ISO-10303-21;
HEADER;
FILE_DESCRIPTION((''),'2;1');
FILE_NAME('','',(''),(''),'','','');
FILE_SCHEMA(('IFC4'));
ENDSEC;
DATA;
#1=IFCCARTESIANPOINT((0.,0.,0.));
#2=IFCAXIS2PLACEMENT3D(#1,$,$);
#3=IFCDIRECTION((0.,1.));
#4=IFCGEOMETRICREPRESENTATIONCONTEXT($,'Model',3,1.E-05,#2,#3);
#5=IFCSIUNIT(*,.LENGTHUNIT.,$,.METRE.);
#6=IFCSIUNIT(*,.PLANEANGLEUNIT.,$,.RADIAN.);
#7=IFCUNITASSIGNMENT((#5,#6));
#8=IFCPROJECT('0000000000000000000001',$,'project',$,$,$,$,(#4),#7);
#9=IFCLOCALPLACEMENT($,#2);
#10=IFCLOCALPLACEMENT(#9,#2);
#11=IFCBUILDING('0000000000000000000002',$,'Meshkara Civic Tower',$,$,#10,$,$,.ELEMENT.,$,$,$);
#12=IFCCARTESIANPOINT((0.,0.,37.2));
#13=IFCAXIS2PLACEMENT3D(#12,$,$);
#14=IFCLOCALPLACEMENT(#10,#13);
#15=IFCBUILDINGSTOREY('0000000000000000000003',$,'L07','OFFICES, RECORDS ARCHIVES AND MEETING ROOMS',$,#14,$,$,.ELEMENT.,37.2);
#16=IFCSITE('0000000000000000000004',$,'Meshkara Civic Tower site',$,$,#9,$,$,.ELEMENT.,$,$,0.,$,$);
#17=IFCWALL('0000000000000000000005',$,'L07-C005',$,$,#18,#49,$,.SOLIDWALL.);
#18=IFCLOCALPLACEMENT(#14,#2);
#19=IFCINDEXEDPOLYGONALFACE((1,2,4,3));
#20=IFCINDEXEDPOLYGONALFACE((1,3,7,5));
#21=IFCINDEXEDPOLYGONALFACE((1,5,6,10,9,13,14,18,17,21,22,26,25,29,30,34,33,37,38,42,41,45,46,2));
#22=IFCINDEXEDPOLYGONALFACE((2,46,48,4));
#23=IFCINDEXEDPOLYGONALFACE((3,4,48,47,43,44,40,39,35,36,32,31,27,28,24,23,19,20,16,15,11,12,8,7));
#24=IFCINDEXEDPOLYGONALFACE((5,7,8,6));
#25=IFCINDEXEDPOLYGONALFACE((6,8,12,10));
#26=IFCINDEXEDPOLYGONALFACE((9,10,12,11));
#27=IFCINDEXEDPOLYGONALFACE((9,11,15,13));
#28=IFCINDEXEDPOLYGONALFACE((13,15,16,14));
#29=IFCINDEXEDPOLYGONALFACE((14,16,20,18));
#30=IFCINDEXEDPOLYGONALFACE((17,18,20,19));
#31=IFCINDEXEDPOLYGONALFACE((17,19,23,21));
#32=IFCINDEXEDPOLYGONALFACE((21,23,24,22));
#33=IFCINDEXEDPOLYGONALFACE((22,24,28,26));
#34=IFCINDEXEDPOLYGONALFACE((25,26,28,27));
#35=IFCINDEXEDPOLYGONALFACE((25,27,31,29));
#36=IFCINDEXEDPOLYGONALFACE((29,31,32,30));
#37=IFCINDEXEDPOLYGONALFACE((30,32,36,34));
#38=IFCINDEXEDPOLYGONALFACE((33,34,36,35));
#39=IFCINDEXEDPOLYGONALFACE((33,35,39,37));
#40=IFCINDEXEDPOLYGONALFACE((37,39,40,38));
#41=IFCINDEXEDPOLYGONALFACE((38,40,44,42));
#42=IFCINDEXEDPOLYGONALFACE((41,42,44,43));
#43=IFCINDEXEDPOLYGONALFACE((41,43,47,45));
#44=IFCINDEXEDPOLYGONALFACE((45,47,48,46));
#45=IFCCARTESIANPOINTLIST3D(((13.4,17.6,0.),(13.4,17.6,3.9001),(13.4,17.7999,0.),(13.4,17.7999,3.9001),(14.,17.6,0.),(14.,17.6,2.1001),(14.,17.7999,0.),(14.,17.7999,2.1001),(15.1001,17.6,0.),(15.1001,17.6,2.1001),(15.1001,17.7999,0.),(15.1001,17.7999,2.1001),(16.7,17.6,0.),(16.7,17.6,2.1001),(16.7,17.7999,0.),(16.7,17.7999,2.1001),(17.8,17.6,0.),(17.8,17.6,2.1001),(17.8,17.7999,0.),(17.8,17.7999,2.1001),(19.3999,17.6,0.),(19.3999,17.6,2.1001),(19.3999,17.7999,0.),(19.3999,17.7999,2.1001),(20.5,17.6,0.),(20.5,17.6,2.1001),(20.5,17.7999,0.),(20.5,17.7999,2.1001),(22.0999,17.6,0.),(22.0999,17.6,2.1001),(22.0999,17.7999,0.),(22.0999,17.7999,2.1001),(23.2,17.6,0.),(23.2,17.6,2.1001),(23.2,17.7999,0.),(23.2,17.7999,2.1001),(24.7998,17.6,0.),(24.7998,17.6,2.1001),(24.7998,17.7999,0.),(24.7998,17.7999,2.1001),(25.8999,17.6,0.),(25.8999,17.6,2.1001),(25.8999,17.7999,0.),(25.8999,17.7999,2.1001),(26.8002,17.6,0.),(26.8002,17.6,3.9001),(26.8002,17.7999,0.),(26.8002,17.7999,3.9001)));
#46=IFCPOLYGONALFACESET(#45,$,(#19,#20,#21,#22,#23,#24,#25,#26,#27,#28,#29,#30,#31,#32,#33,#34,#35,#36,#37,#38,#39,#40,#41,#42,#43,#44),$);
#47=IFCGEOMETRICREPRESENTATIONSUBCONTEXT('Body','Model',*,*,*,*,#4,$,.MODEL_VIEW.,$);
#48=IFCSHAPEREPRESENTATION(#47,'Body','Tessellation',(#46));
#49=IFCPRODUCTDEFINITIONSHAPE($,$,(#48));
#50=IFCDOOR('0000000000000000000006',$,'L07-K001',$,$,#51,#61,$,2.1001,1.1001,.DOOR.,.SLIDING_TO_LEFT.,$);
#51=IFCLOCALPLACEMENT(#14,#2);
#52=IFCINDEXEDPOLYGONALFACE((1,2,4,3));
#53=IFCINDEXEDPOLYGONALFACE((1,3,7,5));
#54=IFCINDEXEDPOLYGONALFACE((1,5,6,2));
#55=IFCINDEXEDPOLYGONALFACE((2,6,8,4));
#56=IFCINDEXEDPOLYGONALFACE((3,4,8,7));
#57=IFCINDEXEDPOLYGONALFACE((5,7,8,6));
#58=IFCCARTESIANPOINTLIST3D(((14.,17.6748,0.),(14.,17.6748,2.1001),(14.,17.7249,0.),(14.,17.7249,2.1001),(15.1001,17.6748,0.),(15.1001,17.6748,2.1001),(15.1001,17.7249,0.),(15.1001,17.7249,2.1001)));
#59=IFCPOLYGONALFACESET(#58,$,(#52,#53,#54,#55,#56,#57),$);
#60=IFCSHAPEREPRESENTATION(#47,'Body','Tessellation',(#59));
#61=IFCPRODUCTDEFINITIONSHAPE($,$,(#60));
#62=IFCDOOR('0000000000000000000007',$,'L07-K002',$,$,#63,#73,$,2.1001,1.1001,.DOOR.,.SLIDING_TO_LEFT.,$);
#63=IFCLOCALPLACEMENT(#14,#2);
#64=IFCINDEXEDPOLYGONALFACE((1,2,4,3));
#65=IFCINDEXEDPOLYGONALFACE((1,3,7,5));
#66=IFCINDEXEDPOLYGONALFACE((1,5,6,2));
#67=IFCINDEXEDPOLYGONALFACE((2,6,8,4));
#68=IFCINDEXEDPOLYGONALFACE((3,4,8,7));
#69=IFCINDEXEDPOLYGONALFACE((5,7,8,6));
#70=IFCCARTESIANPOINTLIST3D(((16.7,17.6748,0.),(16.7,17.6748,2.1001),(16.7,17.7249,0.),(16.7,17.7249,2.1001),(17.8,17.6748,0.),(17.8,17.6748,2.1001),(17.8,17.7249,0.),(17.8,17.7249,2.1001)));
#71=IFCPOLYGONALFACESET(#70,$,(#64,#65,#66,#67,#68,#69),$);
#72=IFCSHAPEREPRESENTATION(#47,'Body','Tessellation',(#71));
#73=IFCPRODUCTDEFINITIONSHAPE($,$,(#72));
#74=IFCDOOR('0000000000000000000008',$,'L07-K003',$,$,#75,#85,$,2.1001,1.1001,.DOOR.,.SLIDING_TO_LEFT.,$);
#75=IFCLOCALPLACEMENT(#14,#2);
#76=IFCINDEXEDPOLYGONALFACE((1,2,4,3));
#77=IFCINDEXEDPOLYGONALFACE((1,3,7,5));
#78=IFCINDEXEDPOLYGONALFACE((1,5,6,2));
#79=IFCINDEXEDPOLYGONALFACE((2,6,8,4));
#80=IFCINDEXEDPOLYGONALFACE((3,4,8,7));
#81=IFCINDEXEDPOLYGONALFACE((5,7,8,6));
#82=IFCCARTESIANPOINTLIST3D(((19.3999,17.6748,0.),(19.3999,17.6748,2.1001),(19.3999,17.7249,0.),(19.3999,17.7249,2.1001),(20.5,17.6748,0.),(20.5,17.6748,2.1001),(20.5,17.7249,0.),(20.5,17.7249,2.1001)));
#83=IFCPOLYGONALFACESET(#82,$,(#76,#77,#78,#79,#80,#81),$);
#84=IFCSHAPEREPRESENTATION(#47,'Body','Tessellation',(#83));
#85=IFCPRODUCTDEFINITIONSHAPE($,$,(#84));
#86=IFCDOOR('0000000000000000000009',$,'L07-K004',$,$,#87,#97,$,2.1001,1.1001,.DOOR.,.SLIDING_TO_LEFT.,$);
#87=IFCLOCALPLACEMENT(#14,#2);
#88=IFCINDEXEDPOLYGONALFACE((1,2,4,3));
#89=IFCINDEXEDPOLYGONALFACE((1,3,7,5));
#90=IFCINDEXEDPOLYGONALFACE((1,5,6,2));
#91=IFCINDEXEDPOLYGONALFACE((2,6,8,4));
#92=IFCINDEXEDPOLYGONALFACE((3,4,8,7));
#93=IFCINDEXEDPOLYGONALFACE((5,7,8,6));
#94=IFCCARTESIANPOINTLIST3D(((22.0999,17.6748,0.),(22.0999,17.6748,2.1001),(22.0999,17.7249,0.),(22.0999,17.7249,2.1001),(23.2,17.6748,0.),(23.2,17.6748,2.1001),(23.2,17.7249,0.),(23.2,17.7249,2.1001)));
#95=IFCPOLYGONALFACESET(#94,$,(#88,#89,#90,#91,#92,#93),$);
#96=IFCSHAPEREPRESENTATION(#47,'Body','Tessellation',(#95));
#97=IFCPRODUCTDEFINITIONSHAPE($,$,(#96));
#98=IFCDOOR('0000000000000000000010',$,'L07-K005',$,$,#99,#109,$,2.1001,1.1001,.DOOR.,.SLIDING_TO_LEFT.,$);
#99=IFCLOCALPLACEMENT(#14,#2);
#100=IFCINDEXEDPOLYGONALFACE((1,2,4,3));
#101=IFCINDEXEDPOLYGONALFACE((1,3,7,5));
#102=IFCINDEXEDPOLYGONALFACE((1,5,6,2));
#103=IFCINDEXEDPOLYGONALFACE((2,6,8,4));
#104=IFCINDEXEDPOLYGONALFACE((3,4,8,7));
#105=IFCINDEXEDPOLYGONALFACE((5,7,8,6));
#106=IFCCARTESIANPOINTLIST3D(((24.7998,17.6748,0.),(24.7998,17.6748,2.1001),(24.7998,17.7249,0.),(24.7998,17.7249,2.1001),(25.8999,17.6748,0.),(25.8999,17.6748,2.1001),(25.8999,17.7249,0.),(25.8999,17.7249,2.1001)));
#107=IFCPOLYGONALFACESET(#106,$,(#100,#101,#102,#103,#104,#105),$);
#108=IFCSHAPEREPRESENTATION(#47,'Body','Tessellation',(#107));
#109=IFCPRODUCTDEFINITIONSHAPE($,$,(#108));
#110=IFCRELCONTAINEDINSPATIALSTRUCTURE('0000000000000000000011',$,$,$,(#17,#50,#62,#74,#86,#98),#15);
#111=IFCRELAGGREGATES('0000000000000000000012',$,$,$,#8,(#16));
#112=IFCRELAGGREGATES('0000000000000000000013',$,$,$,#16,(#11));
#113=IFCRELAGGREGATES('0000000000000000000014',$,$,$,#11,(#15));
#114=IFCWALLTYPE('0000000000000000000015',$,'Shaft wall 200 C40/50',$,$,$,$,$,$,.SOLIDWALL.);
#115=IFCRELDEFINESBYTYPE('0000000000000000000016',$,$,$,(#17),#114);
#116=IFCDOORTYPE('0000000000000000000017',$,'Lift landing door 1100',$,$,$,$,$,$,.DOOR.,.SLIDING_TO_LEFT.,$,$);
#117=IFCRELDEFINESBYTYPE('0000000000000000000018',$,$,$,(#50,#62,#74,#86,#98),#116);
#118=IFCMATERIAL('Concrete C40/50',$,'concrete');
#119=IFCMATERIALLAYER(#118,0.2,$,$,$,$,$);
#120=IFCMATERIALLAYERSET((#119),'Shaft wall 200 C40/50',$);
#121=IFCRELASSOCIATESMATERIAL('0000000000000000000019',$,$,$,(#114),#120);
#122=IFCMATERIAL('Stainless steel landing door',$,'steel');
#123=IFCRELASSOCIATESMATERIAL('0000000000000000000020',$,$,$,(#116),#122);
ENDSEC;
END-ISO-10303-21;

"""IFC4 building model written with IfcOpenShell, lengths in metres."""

from ifc_helpers import new_model, si_unit, direction, frame, frame_2d, origin, place, context, subcontext, project, spatial, rectangle, extrude, material, layer, layer_set, type_object, element, fill, save


model = new_model("IFC4")

# Units and contexts
model_context = context("Model", 3, precision=1e-05, world=origin(), true_north=direction((0.0, 1.0)))
body_context = subcontext(model_context, "Body", "Model", "MODEL_VIEW")
ifc_project = project(units=[si_unit("LENGTHUNIT", "METRE"), si_unit("PLANEANGLEUNIT", "RADIAN")], contexts=[model_context])

# Site, building, storey
site_placement = place(None, origin())
site = spatial("IfcSite", under=ifc_project, at=site_placement, Name="Meshkara Civic Tower site", CompositionType="ELEMENT", RefElevation=0.0)
building_placement = place(site_placement, origin())
building = spatial("IfcBuilding", under=site, at=building_placement, Name="Meshkara Civic Tower", CompositionType="ELEMENT")
storey_placement = place(building_placement, frame((0.0, 0.0, 37.2)))
storey = spatial("IfcBuildingStorey", under=building, at=storey_placement, Name="L07", Description="OFFICES, RECORDS ARCHIVES AND MEETING ROOMS", CompositionType="ELEMENT", Elevation=37.2)

# Wall, openings, doors
ifc_material_1 = material(Name="Concrete C40/50", Category="concrete")
ifc_layer_1 = layer(ifc_material_1, 0.2)
ifc_layer_set_1 = layer_set([ifc_layer_1], Name="Shaft wall 200 C40/50")
wall_type_1 = type_object("IfcWallType", Name="Shaft wall 200 C40/50", PredefinedType="SOLIDWALL", material=ifc_layer_set_1)
wall_1_placement = place(storey_placement, frame((13.3999, 17.7, 0.0), z_axis=(0.0, 0.0, 1.0), x_axis=(1.0, 0.0, 0.0)))
wall_1 = element("IfcWall", 1, at=wall_1_placement, inside=storey, type_object=wall_type_1, Name="L07-C005", PredefinedType="SOLIDWALL", context=body_context, shape_type="SweptSolid", body=[
    extrude(rectangle(XDim=13.4001, YDim=0.2, at=frame_2d((6.7002, 0.0))), origin(), (0.0, 0.0, 1.0), 3.9001),
])
opening_1_placement = place(wall_1_placement, frame((0.6001, 0.0, 0.0)))
opening_1 = element("IfcOpeningElement", 2, at=opening_1_placement, cuts=wall_1, PredefinedType="OPENING", context=body_context, shape_type="SweptSolid", body=[
    extrude(rectangle(XDim=1.1001, YDim=2.1001, at=frame_2d((0.55, 1.05))), frame((0.0, 0.1099, 0.0), z_axis=(0.0, -1.0, 0.0), x_axis=(1.0, 0.0, 0.0)), (0.0, 0.0, 1.0), 0.22),
])
opening_2_placement = place(wall_1_placement, frame((3.3, 0.0, 0.0)))
opening_2 = element("IfcOpeningElement", 3, at=opening_2_placement, cuts=wall_1, PredefinedType="OPENING", context=body_context, shape_type="SweptSolid", body=[
    extrude(rectangle(XDim=1.1001, YDim=2.1001, at=frame_2d((0.55, 1.05))), frame((0.0, 0.1099, 0.0), z_axis=(0.0, -1.0, 0.0), x_axis=(1.0, 0.0, 0.0)), (0.0, 0.0, 1.0), 0.22),
])
opening_3_placement = place(wall_1_placement, frame((6.0, 0.0, 0.0)))
opening_3 = element("IfcOpeningElement", 4, at=opening_3_placement, cuts=wall_1, PredefinedType="OPENING", context=body_context, shape_type="SweptSolid", body=[
    extrude(rectangle(XDim=1.1001, YDim=2.1001, at=frame_2d((0.55, 1.05))), frame((0.0, 0.1099, 0.0), z_axis=(0.0, -1.0, 0.0), x_axis=(1.0, 0.0, 0.0)), (0.0, 0.0, 1.0), 0.22),
])
opening_4_placement = place(wall_1_placement, frame((8.7, 0.0, 0.0)))
opening_4 = element("IfcOpeningElement", 5, at=opening_4_placement, cuts=wall_1, PredefinedType="OPENING", context=body_context, shape_type="SweptSolid", body=[
    extrude(rectangle(XDim=1.1001, YDim=2.1001, at=frame_2d((0.55, 1.05))), frame((0.0, 0.1099, 0.0), z_axis=(0.0, -1.0, 0.0), x_axis=(1.0, 0.0, 0.0)), (0.0, 0.0, 1.0), 0.22),
])
opening_5_placement = place(wall_1_placement, frame((11.3999, 0.0, 0.0)))
opening_5 = element("IfcOpeningElement", 6, at=opening_5_placement, cuts=wall_1, PredefinedType="OPENING", context=body_context, shape_type="SweptSolid", body=[
    extrude(rectangle(XDim=1.1001, YDim=2.1001, at=frame_2d((0.55, 1.05))), frame((0.0, 0.1099, 0.0), z_axis=(0.0, -1.0, 0.0), x_axis=(1.0, 0.0, 0.0)), (0.0, 0.0, 1.0), 0.22),
])
ifc_material_2 = material(Name="Stainless steel landing door", Category="steel")
door_type_1 = type_object("IfcDoorType", Name="Lift landing door 1100", OperationType="SLIDING_TO_LEFT", PredefinedType="DOOR", material=ifc_material_2)
door_1_placement = place(opening_1_placement, origin())
door_1 = element("IfcDoor", 7, at=door_1_placement, inside=storey, type_object=door_type_1, Name="L07-K001", OperationType="SLIDING_TO_LEFT", OverallHeight=2.1001, OverallWidth=1.1001, PredefinedType="DOOR", context=body_context, shape_type="SweptSolid", body=[
    extrude(rectangle(XDim=1.1001, YDim=2.1001, at=frame_2d((0.55, 1.05))), frame((0.0, 0.0249, 0.0), z_axis=(0.0, -1.0, 0.0), x_axis=(1.0, 0.0, 0.0)), (0.0, 0.0, 1.0), 0.05),
])
fill(opening_1, door_1)
door_2_placement = place(opening_2_placement, origin())
door_2 = element("IfcDoor", 8, at=door_2_placement, inside=storey, type_object=door_type_1, Name="L07-K002", OperationType="SLIDING_TO_LEFT", OverallHeight=2.1001, OverallWidth=1.1001, PredefinedType="DOOR", context=body_context, shape_type="SweptSolid", body=[
    extrude(rectangle(XDim=1.1001, YDim=2.1001, at=frame_2d((0.55, 1.05))), frame((0.0, 0.0249, 0.0), z_axis=(0.0, -1.0, 0.0), x_axis=(1.0, 0.0, 0.0)), (0.0, 0.0, 1.0), 0.05),
])
fill(opening_2, door_2)
door_3_placement = place(opening_3_placement, origin())
door_3 = element("IfcDoor", 9, at=door_3_placement, inside=storey, type_object=door_type_1, Name="L07-K003", OperationType="SLIDING_TO_LEFT", OverallHeight=2.1001, OverallWidth=1.1001, PredefinedType="DOOR", context=body_context, shape_type="SweptSolid", body=[
    extrude(rectangle(XDim=1.1001, YDim=2.1001, at=frame_2d((0.55, 1.05))), frame((0.0, 0.0249, 0.0), z_axis=(0.0, -1.0, 0.0), x_axis=(1.0, 0.0, 0.0)), (0.0, 0.0, 1.0), 0.05),
])
fill(opening_3, door_3)
door_4_placement = place(opening_4_placement, origin())
door_4 = element("IfcDoor", 10, at=door_4_placement, inside=storey, type_object=door_type_1, Name="L07-K004", OperationType="SLIDING_TO_LEFT", OverallHeight=2.1001, OverallWidth=1.1001, PredefinedType="DOOR", context=body_context, shape_type="SweptSolid", body=[
    extrude(rectangle(XDim=1.1001, YDim=2.1001, at=frame_2d((0.55, 1.05))), frame((0.0, 0.0249, 0.0), z_axis=(0.0, -1.0, 0.0), x_axis=(1.0, 0.0, 0.0)), (0.0, 0.0, 1.0), 0.05),
])
fill(opening_4, door_4)
door_5_placement = place(opening_5_placement, origin())
door_5 = element("IfcDoor", 11, at=door_5_placement, inside=storey, type_object=door_type_1, Name="L07-K005", OperationType="SLIDING_TO_LEFT", OverallHeight=2.1001, OverallWidth=1.1001, PredefinedType="DOOR", context=body_context, shape_type="SweptSolid", body=[
    extrude(rectangle(XDim=1.1001, YDim=2.1001, at=frame_2d((0.55, 1.05))), frame((0.0, 0.0249, 0.0), z_axis=(0.0, -1.0, 0.0), x_axis=(1.0, 0.0, 0.0)), (0.0, 0.0, 1.0), 0.05),
])
fill(opening_5, door_5)

save(model, "model.ifc")
